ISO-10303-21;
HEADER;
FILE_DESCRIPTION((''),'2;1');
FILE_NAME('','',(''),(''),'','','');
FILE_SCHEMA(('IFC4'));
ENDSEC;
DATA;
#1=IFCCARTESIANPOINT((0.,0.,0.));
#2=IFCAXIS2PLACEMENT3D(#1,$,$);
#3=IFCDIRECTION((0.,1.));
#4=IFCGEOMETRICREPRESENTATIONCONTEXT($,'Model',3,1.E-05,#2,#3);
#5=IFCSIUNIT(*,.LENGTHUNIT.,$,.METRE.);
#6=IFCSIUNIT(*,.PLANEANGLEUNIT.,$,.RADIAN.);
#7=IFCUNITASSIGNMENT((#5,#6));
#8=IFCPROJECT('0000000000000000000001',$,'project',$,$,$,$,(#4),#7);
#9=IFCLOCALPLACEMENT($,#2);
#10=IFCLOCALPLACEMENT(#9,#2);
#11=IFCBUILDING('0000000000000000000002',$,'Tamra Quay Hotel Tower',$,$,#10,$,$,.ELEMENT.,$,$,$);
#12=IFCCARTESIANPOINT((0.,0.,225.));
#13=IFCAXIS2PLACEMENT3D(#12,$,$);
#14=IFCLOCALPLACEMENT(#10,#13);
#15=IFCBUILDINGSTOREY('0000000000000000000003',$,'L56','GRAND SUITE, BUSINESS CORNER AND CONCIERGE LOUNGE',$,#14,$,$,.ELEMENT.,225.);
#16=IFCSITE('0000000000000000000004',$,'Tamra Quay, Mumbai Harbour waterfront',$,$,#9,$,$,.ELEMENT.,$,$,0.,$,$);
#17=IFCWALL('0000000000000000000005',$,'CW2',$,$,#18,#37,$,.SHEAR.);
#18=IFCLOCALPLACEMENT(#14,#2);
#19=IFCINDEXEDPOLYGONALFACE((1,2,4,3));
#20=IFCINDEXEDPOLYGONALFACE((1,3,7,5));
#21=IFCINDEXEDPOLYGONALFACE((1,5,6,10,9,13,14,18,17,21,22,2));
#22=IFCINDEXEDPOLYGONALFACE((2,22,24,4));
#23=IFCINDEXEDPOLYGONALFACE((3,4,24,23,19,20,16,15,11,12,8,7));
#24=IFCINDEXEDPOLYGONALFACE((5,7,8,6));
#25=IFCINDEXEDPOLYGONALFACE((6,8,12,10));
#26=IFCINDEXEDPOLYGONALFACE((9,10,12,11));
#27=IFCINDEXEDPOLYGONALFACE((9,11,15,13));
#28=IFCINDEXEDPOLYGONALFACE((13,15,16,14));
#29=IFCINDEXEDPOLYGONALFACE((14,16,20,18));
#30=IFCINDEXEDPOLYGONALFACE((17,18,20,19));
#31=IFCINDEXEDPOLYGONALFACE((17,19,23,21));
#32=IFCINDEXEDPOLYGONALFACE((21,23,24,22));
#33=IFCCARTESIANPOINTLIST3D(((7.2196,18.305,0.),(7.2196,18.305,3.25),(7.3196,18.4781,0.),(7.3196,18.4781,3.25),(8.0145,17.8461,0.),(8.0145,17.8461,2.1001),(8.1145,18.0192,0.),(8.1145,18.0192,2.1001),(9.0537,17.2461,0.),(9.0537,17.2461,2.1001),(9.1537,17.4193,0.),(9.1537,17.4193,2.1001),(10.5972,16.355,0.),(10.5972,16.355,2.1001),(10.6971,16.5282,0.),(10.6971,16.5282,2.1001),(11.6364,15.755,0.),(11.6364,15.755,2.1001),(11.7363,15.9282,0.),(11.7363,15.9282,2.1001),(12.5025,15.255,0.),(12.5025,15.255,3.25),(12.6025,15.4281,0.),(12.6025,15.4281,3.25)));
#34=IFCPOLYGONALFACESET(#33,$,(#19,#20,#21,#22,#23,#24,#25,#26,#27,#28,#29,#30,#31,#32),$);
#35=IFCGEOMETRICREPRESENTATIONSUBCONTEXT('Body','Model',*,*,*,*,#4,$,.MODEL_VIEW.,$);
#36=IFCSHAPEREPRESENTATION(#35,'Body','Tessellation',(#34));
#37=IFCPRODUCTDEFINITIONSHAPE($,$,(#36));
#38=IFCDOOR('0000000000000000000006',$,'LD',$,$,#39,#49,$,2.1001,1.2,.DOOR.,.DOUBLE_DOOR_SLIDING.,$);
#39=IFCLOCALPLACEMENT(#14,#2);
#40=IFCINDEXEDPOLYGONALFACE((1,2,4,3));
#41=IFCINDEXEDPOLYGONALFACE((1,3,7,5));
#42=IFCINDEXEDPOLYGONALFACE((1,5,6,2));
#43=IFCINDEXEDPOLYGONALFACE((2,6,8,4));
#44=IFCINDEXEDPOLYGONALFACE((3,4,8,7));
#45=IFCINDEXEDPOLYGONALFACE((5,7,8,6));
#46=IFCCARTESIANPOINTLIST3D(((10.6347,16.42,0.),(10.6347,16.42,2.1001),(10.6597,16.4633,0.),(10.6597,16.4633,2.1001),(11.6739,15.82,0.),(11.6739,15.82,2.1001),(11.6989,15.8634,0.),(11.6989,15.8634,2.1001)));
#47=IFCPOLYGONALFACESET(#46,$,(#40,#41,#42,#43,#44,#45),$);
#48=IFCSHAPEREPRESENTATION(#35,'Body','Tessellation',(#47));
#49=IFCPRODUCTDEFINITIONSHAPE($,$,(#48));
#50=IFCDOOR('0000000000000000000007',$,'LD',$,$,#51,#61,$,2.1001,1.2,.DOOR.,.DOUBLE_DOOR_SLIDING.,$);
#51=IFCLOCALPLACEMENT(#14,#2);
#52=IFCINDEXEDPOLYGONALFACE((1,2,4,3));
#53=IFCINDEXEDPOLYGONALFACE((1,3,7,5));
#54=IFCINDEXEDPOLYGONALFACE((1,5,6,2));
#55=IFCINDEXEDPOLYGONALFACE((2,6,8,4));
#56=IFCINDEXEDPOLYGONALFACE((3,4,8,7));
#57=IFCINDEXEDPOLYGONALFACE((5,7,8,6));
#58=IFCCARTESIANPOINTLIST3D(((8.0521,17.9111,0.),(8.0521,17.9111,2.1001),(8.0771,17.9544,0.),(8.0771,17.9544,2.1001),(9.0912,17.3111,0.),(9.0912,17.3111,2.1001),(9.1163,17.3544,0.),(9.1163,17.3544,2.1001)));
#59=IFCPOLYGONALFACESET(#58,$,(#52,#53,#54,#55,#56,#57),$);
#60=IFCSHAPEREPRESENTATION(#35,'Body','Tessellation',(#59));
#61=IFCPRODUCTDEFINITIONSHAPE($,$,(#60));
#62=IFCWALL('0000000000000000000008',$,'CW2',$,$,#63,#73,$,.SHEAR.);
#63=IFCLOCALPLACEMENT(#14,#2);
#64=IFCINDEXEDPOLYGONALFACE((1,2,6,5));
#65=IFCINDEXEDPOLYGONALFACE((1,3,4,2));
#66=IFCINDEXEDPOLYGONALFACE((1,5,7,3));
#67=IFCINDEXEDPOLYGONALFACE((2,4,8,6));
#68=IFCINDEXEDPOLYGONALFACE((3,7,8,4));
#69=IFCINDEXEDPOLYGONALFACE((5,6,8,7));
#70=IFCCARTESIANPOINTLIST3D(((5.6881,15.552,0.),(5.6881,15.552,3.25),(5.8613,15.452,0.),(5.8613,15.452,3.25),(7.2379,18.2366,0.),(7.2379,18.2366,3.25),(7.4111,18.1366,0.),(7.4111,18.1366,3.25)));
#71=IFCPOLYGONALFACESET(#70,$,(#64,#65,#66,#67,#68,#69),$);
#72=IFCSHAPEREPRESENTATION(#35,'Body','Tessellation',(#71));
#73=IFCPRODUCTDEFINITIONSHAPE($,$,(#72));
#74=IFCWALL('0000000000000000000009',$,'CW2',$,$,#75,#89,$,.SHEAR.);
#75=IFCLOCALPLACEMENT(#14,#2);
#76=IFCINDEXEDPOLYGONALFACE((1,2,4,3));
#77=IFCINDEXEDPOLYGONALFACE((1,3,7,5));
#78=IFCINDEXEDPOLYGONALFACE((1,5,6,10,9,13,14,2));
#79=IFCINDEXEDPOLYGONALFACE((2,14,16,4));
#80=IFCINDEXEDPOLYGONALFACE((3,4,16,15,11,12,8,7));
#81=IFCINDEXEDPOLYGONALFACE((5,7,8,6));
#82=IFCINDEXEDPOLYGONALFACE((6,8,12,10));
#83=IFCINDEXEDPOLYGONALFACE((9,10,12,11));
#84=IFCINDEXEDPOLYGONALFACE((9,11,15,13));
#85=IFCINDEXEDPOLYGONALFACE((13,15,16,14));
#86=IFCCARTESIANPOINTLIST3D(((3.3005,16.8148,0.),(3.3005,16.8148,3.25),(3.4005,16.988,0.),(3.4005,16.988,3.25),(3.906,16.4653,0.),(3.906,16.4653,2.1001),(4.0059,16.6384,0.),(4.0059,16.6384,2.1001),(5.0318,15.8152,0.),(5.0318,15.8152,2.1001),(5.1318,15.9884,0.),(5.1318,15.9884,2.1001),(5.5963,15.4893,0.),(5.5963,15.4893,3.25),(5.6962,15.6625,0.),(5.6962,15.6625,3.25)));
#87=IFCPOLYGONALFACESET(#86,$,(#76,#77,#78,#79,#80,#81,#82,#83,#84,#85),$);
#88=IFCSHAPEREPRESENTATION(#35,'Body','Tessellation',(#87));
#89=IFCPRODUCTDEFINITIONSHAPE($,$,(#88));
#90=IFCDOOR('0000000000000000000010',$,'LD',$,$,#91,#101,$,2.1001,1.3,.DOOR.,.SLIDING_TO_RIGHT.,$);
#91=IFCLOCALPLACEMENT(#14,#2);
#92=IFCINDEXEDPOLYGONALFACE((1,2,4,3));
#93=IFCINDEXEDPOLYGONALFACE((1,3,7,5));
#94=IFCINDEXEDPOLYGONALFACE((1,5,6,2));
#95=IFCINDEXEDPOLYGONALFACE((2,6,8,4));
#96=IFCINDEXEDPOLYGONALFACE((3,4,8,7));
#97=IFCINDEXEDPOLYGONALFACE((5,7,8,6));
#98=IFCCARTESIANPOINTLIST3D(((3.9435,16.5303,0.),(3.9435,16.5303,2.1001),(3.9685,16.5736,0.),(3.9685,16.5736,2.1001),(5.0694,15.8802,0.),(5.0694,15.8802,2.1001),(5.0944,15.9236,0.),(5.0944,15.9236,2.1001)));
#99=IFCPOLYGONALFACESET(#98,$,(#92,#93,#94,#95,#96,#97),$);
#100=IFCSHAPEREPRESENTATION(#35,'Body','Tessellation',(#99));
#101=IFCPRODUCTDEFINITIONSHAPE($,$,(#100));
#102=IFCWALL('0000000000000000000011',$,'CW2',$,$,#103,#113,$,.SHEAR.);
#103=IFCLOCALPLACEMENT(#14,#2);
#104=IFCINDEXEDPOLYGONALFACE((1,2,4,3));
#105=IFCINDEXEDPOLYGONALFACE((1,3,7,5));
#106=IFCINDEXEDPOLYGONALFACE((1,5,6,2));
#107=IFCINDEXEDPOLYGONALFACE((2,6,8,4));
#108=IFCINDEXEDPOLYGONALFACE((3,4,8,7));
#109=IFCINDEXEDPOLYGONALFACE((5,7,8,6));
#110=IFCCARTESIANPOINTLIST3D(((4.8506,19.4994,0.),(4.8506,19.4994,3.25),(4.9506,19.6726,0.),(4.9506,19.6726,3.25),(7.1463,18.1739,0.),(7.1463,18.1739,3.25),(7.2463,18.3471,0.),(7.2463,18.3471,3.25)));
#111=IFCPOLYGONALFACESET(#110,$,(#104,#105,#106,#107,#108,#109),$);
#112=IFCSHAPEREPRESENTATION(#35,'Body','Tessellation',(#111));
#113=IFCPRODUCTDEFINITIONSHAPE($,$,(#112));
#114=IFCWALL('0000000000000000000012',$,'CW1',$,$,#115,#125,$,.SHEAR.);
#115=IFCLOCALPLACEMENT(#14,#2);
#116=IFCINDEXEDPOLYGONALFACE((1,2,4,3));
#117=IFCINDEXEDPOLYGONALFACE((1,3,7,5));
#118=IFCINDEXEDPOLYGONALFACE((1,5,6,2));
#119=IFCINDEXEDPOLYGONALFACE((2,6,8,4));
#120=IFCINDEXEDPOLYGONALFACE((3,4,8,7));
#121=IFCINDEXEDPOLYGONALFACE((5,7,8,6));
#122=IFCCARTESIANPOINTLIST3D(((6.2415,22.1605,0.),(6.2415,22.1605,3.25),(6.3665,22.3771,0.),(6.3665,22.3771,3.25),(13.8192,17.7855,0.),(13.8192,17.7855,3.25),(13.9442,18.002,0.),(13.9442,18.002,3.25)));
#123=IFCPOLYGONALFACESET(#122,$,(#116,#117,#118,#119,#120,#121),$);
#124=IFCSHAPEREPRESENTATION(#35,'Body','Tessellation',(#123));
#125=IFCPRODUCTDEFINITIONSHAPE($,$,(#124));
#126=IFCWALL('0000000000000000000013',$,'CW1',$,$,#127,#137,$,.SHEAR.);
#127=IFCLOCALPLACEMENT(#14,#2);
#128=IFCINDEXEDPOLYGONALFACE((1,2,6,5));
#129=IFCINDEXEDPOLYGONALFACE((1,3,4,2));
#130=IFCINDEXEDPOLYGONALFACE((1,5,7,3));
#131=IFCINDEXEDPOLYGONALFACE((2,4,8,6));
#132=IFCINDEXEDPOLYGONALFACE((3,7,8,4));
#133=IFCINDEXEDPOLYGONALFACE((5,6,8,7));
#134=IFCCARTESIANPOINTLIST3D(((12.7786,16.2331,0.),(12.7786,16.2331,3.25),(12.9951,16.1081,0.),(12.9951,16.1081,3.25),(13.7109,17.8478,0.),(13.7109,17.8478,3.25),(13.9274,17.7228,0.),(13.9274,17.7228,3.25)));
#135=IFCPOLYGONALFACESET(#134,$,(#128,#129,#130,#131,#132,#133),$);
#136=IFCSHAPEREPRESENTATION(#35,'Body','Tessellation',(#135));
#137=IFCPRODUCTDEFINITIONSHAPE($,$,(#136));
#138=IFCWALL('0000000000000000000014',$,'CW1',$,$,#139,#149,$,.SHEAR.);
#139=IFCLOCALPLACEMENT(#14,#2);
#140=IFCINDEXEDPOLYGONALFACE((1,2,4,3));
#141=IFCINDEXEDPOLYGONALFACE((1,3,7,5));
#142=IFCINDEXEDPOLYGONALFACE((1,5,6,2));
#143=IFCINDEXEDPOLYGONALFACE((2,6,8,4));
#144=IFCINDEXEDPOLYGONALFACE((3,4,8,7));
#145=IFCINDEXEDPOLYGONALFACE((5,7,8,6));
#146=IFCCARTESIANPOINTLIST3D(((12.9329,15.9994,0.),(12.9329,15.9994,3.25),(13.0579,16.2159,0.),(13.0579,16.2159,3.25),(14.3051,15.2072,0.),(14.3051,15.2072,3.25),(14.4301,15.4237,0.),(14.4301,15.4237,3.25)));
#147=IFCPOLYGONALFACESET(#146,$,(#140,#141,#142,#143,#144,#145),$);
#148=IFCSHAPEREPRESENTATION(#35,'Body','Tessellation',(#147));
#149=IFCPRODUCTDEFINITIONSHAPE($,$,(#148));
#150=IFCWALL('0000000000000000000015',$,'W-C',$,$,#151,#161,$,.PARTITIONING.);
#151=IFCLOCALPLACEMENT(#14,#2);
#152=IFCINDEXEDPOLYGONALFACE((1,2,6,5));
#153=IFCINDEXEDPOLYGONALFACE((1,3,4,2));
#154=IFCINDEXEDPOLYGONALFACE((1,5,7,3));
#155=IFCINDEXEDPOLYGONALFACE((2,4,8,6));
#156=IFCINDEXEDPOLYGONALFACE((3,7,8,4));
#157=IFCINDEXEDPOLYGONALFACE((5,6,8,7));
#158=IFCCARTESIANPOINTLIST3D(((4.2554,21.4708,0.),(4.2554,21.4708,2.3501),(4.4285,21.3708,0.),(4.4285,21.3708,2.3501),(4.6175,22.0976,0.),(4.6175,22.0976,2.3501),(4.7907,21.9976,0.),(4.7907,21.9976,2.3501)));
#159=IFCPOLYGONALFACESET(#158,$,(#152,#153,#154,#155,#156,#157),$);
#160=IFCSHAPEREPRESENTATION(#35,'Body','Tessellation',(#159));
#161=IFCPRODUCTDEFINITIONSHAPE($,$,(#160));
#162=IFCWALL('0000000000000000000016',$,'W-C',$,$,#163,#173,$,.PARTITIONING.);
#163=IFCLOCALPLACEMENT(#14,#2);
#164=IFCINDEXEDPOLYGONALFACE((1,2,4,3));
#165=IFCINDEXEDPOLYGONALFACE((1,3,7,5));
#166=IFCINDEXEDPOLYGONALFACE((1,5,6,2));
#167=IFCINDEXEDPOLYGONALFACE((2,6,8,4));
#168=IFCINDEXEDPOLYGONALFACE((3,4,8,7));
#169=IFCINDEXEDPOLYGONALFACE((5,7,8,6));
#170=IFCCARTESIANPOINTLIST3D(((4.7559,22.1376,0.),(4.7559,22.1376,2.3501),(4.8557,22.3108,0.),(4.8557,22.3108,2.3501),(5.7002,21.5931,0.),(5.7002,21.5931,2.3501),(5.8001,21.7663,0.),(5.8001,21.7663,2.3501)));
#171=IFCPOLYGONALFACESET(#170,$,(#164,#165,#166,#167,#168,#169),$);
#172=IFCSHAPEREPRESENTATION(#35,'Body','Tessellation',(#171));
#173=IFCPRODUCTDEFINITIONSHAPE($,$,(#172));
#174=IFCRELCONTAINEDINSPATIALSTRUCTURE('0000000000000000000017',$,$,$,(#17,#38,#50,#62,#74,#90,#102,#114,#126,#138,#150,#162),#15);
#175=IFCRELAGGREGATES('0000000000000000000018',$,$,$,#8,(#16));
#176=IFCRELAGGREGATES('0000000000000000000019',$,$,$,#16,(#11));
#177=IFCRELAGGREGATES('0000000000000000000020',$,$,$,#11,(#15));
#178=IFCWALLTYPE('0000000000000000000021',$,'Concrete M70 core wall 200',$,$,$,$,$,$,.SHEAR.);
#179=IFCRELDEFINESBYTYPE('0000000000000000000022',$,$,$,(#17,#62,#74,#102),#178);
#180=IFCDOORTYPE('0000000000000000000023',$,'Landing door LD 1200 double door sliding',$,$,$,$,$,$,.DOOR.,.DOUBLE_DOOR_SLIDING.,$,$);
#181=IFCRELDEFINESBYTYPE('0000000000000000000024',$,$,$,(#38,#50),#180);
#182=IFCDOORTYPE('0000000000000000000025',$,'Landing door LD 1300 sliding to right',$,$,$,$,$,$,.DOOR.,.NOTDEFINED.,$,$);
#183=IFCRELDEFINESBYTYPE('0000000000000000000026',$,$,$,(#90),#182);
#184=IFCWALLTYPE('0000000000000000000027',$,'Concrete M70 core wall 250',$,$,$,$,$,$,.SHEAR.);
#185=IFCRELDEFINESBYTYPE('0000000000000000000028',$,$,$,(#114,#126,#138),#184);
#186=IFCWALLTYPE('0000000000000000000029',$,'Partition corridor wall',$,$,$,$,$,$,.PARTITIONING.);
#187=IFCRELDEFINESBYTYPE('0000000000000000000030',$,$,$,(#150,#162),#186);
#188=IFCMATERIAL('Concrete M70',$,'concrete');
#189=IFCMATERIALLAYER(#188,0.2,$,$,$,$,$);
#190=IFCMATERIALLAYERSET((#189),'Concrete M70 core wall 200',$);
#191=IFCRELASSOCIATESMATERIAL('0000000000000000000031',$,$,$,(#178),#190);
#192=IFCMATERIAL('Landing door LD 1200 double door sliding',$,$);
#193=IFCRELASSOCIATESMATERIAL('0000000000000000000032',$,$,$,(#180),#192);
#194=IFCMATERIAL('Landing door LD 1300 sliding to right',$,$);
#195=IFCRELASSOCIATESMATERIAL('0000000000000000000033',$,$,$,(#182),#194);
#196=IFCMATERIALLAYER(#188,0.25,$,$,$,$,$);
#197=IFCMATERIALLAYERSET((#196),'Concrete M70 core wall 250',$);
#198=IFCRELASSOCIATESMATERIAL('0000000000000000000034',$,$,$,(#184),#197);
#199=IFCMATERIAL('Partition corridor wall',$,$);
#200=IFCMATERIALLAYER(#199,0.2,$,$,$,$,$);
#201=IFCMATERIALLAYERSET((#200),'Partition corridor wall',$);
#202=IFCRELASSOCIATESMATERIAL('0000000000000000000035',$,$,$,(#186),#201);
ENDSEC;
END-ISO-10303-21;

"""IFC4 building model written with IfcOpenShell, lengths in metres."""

from ifc_helpers import new_model, si_unit, direction, frame, frame_2d, origin, place, context, subcontext, project, spatial, rectangle, extrude, material, layer, layer_set, type_object, element, fill, save


model = new_model("IFC4")

# Units and contexts
model_context = context("Model", 3, precision=1e-05, world=origin(), true_north=direction((0.0, 1.0)))
body_context = subcontext(model_context, "Body", "Model", "MODEL_VIEW")
ifc_project = project(units=[si_unit("LENGTHUNIT", "METRE"), si_unit("PLANEANGLEUNIT", "RADIAN")], contexts=[model_context])

# Site, building, storey
site_placement = place(None, origin())
site = spatial("IfcSite", under=ifc_project, at=site_placement, Name="Tamra Quay, Mumbai Harbour waterfront", CompositionType="ELEMENT", RefElevation=0.0)
building_placement = place(site_placement, origin())
building = spatial("IfcBuilding", under=site, at=building_placement, Name="Tamra Quay Hotel Tower", CompositionType="ELEMENT")
storey_placement = place(building_placement, frame((0.0, 0.0, 225.0)))
storey = spatial("IfcBuildingStorey", under=building, at=storey_placement, Name="L56", Description="GRAND SUITE, BUSINESS CORNER AND CONCIERGE LOUNGE", CompositionType="ELEMENT", Elevation=225.0)

# Shared definitions
ifc_material_1 = material(Name="Concrete M70", Category="concrete")

# Wall, openings, doors
ifc_layer_1 = layer(ifc_material_1, 0.2)
ifc_layer_set_1 = layer_set([ifc_layer_1], Name="Concrete M70 core wall 200")
wall_type_1 = type_object("IfcWallType", Name="Concrete M70 core wall 200", PredefinedType="SHEAR", material=ifc_layer_set_1)
wall_1_placement = place(storey_placement, frame((12.5525, 15.3416, 0.0), z_axis=(0.0, 0.0, 1.0), x_axis=(-0.86603, 0.499992, 0.0)))
wall_1 = element("IfcWall", 1, at=wall_1_placement, inside=storey, type_object=wall_type_1, Name="CW2", PredefinedType="SHEAR", context=body_context, shape_type="SweptSolid", body=[
    extrude(rectangle(XDim=6.1001, YDim=0.2, at=frame_2d((3.05, 0.0))), origin(), (0.0, 0.0, 1.0), 3.25),
])
opening_1_placement = place(wall_1_placement, frame((1.0, 0.0, 0.0)))
opening_1 = element("IfcOpeningElement", 2, at=opening_1_placement, cuts=wall_1, PredefinedType="OPENING", context=body_context, shape_type="SweptSolid", body=[
    extrude(rectangle(XDim=1.2, YDim=2.1001, at=frame_2d((0.6001, 1.05))), frame((0.0, 0.1099, 0.0), z_axis=(0.0, -1.0, 0.0), x_axis=(1.0, 0.0, 0.0)), (0.0, 0.0, 1.0), 0.22),
])
opening_2_placement = place(wall_1_placement, frame((3.9822, 0.0, 0.0)))
opening_2 = element("IfcOpeningElement", 3, at=opening_2_placement, cuts=wall_1, PredefinedType="OPENING", context=body_context, shape_type="SweptSolid", body=[
    extrude(rectangle(XDim=1.2, YDim=2.1001, at=frame_2d((0.6001, 1.05))), frame((0.0, 0.1099, 0.0), z_axis=(0.0, -1.0, 0.0), x_axis=(1.0, 0.0, 0.0)), (0.0, 0.0, 1.0), 0.22),
])
ifc_material_2 = material(Name="Landing door LD 1200 double door sliding")
door_type_1 = type_object("IfcDoorType", Name="Landing door LD 1200 double door sliding", OperationType="DOUBLE_DOOR_SLIDING", PredefinedType="DOOR", material=ifc_material_2)
door_1_placement = place(opening_1_placement, origin())
door_1 = element("IfcDoor", 4, at=door_1_placement, inside=storey, type_object=door_type_1, Name="LD", OperationType="DOUBLE_DOOR_SLIDING", OverallHeight=2.1001, OverallWidth=1.2, PredefinedType="DOOR", context=body_context, shape_type="SweptSolid", body=[
    extrude(rectangle(XDim=1.2, YDim=2.1001, at=frame_2d((0.6001, 1.05))), frame((0.0, 0.0249, 0.0), z_axis=(0.0, -1.0, 0.0), x_axis=(1.0, 0.0, 0.0)), (0.0, 0.0, 1.0), 0.05),
])
fill(opening_1, door_1)
door_2_placement = place(opening_2_placement, origin())
door_2 = element("IfcDoor", 5, at=door_2_placement, inside=storey, type_object=door_type_1, Name="LD", OperationType="DOUBLE_DOOR_SLIDING", OverallHeight=2.1001, OverallWidth=1.2, PredefinedType="DOOR", context=body_context, shape_type="SweptSolid", body=[
    extrude(rectangle(XDim=1.2, YDim=2.1001, at=frame_2d((0.6001, 1.05))), frame((0.0, 0.0249, 0.0), z_axis=(0.0, -1.0, 0.0), x_axis=(1.0, 0.0, 0.0)), (0.0, 0.0, 1.0), 0.05),
])
fill(opening_2, door_2)

# Wall
wall_2_placement = place(storey_placement, frame((7.3245, 18.1865, 0.0), z_axis=(0.0, 0.0, 1.0), x_axis=(-0.499968, -0.866044, 0.0)))
element("IfcWall", 6, at=wall_2_placement, inside=storey, type_object=wall_type_1, Name="CW2", PredefinedType="SHEAR", context=body_context, shape_type="SweptSolid", body=[
    extrude(rectangle(XDim=3.0999, YDim=0.2, at=frame_2d((1.5498, 0.0))), origin(), (0.0, 0.0, 1.0), 3.25),
])

# Wall, opening, door
wall_3_placement = place(storey_placement, frame((5.6462, 15.5759, 0.0), z_axis=(0.0, 0.0, 1.0), x_axis=(-0.866018, 0.500012, 0.0)))
wall_3 = element("IfcWall", 7, at=wall_3_placement, inside=storey, type_object=wall_type_1, Name="CW2", PredefinedType="SHEAR", context=body_context, shape_type="SweptSolid", body=[
    extrude(rectangle(XDim=2.6509, YDim=0.2, at=frame_2d((1.3254, 0.0))), origin(), (0.0, 0.0, 1.0), 3.25),
])
opening_3_placement = place(wall_3_placement, frame((0.6519, 0.0, 0.0)))
opening_3 = element("IfcOpeningElement", 8, at=opening_3_placement, cuts=wall_3, PredefinedType="OPENING", context=body_context, shape_type="SweptSolid", body=[
    extrude(rectangle(XDim=1.3, YDim=2.1001, at=frame_2d((0.6499, 1.05))), frame((0.0, 0.1099, 0.0), z_axis=(0.0, -1.0, 0.0), x_axis=(1.0, 0.0, 0.0)), (0.0, 0.0, 1.0), 0.22),
])
ifc_material_3 = material(Name="Landing door LD 1300 sliding to right")
door_type_2 = type_object("IfcDoorType", Name="Landing door LD 1300 sliding to right", OperationType="NOTDEFINED", PredefinedType="DOOR", material=ifc_material_3)
door_3_placement = place(opening_3_placement, origin())
door_3 = element("IfcDoor", 9, at=door_3_placement, inside=storey, type_object=door_type_2, Name="LD", OperationType="SLIDING_TO_RIGHT", OverallHeight=2.1001, OverallWidth=1.3, PredefinedType="DOOR", context=body_context, shape_type="SweptSolid", body=[
    extrude(rectangle(XDim=1.3, YDim=2.1001, at=frame_2d((0.6499, 1.05))), frame((0.0, 0.0249, 0.0), z_axis=(0.0, -1.0, 0.0), x_axis=(1.0, 0.0, 0.0)), (0.0, 0.0, 1.0), 0.05),
])
fill(opening_3, door_3)

# Walls
wall_4_placement = place(storey_placement, frame((7.1963, 18.2605, 0.0), z_axis=(0.0, 0.0, 1.0), x_axis=(-0.866018, 0.500012, 0.0)))
element("IfcWall", 10, at=wall_4_placement, inside=storey, type_object=wall_type_1, Name="CW2", PredefinedType="SHEAR", context=body_context, shape_type="SweptSolid", body=[
    extrude(rectangle(XDim=2.6509, YDim=0.2, at=frame_2d((1.3254, 0.0))), origin(), (0.0, 0.0, 1.0), 3.25),
])
ifc_layer_2 = layer(ifc_material_1, 0.25)
ifc_layer_set_2 = layer_set([ifc_layer_2], Name="Concrete M70 core wall 250")
wall_type_2 = type_object("IfcWallType", Name="Concrete M70 core wall 250", PredefinedType="SHEAR", material=ifc_layer_set_2)
wall_5_placement = place(storey_placement, frame((6.304, 22.2688, 0.0), z_axis=(0.0, 0.0, 1.0), x_axis=(0.866023, -0.500004, 0.0)))
element("IfcWall", 11, at=wall_5_placement, inside=storey, type_object=wall_type_2, Name="CW1", PredefinedType="SHEAR", context=body_context, shape_type="SweptSolid", body=[
    extrude(rectangle(XDim=8.75, YDim=0.25, at=frame_2d((4.375, 0.0))), origin(), (0.0, 0.0, 1.0), 3.25),
])
wall_6_placement = place(storey_placement, frame((13.8191, 17.7852, 0.0), z_axis=(0.0, 0.0, 1.0), x_axis=(-0.50004, -0.866002, 0.0)))
element("IfcWall", 12, at=wall_6_placement, inside=storey, type_object=wall_type_2, Name="CW1", PredefinedType="SHEAR", context=body_context, shape_type="SweptSolid", body=[
    extrude(rectangle(XDim=1.8645, YDim=0.25, at=frame_2d((0.9321, 0.0))), origin(), (0.0, 0.0, 1.0), 3.25),
])
wall_7_placement = place(storey_placement, frame((12.9954, 16.1077, 0.0), z_axis=(0.0, 0.0, 1.0), x_axis=(0.866044, -0.499967, 0.0)))
element("IfcWall", 13, at=wall_7_placement, inside=storey, type_object=wall_type_2, Name="CW1", PredefinedType="SHEAR", context=body_context, shape_type="SweptSolid", body=[
    extrude(rectangle(XDim=1.5845, YDim=0.25, at=frame_2d((0.7922, 0.0))), origin(), (0.0, 0.0, 1.0), 3.25),
])
ifc_material_4 = material(Name="Partition corridor wall")
ifc_layer_3 = layer(ifc_material_4, 0.2)
ifc_layer_set_3 = layer_set([ifc_layer_3], Name="Partition corridor wall")
wall_type_3 = type_object("IfcWallType", Name="Partition corridor wall", PredefinedType="PARTITIONING", material=ifc_layer_set_3)
wall_8_placement = place(storey_placement, frame((4.342, 21.4209, 0.0), z_axis=(0.0, 0.0, 1.0), x_axis=(0.500238, 0.865888, 0.0)))
element("IfcWall", 14, at=wall_8_placement, inside=storey, type_object=wall_type_3, Name="W-C", PredefinedType="PARTITIONING", context=body_context, shape_type="SweptSolid", body=[
    extrude(rectangle(XDim=0.7239, YDim=0.2, at=frame_2d((0.3618, 0.0))), origin(), (0.0, 0.0, 1.0), 2.3501),
])
wall_9_placement = place(storey_placement, frame((4.8059, 22.2241, 0.0), z_axis=(0.0, 0.0, 1.0), x_axis=(0.866335, -0.499464, 0.0)))
element("IfcWall", 15, at=wall_9_placement, inside=storey, type_object=wall_type_3, Name="W-C", PredefinedType="PARTITIONING", context=body_context, shape_type="SweptSolid", body=[
    extrude(rectangle(XDim=1.0901, YDim=0.2, at=frame_2d((0.5449, 0.0))), origin(), (0.0, 0.0, 1.0), 2.3501),
])

save(model, "model.ifc")
